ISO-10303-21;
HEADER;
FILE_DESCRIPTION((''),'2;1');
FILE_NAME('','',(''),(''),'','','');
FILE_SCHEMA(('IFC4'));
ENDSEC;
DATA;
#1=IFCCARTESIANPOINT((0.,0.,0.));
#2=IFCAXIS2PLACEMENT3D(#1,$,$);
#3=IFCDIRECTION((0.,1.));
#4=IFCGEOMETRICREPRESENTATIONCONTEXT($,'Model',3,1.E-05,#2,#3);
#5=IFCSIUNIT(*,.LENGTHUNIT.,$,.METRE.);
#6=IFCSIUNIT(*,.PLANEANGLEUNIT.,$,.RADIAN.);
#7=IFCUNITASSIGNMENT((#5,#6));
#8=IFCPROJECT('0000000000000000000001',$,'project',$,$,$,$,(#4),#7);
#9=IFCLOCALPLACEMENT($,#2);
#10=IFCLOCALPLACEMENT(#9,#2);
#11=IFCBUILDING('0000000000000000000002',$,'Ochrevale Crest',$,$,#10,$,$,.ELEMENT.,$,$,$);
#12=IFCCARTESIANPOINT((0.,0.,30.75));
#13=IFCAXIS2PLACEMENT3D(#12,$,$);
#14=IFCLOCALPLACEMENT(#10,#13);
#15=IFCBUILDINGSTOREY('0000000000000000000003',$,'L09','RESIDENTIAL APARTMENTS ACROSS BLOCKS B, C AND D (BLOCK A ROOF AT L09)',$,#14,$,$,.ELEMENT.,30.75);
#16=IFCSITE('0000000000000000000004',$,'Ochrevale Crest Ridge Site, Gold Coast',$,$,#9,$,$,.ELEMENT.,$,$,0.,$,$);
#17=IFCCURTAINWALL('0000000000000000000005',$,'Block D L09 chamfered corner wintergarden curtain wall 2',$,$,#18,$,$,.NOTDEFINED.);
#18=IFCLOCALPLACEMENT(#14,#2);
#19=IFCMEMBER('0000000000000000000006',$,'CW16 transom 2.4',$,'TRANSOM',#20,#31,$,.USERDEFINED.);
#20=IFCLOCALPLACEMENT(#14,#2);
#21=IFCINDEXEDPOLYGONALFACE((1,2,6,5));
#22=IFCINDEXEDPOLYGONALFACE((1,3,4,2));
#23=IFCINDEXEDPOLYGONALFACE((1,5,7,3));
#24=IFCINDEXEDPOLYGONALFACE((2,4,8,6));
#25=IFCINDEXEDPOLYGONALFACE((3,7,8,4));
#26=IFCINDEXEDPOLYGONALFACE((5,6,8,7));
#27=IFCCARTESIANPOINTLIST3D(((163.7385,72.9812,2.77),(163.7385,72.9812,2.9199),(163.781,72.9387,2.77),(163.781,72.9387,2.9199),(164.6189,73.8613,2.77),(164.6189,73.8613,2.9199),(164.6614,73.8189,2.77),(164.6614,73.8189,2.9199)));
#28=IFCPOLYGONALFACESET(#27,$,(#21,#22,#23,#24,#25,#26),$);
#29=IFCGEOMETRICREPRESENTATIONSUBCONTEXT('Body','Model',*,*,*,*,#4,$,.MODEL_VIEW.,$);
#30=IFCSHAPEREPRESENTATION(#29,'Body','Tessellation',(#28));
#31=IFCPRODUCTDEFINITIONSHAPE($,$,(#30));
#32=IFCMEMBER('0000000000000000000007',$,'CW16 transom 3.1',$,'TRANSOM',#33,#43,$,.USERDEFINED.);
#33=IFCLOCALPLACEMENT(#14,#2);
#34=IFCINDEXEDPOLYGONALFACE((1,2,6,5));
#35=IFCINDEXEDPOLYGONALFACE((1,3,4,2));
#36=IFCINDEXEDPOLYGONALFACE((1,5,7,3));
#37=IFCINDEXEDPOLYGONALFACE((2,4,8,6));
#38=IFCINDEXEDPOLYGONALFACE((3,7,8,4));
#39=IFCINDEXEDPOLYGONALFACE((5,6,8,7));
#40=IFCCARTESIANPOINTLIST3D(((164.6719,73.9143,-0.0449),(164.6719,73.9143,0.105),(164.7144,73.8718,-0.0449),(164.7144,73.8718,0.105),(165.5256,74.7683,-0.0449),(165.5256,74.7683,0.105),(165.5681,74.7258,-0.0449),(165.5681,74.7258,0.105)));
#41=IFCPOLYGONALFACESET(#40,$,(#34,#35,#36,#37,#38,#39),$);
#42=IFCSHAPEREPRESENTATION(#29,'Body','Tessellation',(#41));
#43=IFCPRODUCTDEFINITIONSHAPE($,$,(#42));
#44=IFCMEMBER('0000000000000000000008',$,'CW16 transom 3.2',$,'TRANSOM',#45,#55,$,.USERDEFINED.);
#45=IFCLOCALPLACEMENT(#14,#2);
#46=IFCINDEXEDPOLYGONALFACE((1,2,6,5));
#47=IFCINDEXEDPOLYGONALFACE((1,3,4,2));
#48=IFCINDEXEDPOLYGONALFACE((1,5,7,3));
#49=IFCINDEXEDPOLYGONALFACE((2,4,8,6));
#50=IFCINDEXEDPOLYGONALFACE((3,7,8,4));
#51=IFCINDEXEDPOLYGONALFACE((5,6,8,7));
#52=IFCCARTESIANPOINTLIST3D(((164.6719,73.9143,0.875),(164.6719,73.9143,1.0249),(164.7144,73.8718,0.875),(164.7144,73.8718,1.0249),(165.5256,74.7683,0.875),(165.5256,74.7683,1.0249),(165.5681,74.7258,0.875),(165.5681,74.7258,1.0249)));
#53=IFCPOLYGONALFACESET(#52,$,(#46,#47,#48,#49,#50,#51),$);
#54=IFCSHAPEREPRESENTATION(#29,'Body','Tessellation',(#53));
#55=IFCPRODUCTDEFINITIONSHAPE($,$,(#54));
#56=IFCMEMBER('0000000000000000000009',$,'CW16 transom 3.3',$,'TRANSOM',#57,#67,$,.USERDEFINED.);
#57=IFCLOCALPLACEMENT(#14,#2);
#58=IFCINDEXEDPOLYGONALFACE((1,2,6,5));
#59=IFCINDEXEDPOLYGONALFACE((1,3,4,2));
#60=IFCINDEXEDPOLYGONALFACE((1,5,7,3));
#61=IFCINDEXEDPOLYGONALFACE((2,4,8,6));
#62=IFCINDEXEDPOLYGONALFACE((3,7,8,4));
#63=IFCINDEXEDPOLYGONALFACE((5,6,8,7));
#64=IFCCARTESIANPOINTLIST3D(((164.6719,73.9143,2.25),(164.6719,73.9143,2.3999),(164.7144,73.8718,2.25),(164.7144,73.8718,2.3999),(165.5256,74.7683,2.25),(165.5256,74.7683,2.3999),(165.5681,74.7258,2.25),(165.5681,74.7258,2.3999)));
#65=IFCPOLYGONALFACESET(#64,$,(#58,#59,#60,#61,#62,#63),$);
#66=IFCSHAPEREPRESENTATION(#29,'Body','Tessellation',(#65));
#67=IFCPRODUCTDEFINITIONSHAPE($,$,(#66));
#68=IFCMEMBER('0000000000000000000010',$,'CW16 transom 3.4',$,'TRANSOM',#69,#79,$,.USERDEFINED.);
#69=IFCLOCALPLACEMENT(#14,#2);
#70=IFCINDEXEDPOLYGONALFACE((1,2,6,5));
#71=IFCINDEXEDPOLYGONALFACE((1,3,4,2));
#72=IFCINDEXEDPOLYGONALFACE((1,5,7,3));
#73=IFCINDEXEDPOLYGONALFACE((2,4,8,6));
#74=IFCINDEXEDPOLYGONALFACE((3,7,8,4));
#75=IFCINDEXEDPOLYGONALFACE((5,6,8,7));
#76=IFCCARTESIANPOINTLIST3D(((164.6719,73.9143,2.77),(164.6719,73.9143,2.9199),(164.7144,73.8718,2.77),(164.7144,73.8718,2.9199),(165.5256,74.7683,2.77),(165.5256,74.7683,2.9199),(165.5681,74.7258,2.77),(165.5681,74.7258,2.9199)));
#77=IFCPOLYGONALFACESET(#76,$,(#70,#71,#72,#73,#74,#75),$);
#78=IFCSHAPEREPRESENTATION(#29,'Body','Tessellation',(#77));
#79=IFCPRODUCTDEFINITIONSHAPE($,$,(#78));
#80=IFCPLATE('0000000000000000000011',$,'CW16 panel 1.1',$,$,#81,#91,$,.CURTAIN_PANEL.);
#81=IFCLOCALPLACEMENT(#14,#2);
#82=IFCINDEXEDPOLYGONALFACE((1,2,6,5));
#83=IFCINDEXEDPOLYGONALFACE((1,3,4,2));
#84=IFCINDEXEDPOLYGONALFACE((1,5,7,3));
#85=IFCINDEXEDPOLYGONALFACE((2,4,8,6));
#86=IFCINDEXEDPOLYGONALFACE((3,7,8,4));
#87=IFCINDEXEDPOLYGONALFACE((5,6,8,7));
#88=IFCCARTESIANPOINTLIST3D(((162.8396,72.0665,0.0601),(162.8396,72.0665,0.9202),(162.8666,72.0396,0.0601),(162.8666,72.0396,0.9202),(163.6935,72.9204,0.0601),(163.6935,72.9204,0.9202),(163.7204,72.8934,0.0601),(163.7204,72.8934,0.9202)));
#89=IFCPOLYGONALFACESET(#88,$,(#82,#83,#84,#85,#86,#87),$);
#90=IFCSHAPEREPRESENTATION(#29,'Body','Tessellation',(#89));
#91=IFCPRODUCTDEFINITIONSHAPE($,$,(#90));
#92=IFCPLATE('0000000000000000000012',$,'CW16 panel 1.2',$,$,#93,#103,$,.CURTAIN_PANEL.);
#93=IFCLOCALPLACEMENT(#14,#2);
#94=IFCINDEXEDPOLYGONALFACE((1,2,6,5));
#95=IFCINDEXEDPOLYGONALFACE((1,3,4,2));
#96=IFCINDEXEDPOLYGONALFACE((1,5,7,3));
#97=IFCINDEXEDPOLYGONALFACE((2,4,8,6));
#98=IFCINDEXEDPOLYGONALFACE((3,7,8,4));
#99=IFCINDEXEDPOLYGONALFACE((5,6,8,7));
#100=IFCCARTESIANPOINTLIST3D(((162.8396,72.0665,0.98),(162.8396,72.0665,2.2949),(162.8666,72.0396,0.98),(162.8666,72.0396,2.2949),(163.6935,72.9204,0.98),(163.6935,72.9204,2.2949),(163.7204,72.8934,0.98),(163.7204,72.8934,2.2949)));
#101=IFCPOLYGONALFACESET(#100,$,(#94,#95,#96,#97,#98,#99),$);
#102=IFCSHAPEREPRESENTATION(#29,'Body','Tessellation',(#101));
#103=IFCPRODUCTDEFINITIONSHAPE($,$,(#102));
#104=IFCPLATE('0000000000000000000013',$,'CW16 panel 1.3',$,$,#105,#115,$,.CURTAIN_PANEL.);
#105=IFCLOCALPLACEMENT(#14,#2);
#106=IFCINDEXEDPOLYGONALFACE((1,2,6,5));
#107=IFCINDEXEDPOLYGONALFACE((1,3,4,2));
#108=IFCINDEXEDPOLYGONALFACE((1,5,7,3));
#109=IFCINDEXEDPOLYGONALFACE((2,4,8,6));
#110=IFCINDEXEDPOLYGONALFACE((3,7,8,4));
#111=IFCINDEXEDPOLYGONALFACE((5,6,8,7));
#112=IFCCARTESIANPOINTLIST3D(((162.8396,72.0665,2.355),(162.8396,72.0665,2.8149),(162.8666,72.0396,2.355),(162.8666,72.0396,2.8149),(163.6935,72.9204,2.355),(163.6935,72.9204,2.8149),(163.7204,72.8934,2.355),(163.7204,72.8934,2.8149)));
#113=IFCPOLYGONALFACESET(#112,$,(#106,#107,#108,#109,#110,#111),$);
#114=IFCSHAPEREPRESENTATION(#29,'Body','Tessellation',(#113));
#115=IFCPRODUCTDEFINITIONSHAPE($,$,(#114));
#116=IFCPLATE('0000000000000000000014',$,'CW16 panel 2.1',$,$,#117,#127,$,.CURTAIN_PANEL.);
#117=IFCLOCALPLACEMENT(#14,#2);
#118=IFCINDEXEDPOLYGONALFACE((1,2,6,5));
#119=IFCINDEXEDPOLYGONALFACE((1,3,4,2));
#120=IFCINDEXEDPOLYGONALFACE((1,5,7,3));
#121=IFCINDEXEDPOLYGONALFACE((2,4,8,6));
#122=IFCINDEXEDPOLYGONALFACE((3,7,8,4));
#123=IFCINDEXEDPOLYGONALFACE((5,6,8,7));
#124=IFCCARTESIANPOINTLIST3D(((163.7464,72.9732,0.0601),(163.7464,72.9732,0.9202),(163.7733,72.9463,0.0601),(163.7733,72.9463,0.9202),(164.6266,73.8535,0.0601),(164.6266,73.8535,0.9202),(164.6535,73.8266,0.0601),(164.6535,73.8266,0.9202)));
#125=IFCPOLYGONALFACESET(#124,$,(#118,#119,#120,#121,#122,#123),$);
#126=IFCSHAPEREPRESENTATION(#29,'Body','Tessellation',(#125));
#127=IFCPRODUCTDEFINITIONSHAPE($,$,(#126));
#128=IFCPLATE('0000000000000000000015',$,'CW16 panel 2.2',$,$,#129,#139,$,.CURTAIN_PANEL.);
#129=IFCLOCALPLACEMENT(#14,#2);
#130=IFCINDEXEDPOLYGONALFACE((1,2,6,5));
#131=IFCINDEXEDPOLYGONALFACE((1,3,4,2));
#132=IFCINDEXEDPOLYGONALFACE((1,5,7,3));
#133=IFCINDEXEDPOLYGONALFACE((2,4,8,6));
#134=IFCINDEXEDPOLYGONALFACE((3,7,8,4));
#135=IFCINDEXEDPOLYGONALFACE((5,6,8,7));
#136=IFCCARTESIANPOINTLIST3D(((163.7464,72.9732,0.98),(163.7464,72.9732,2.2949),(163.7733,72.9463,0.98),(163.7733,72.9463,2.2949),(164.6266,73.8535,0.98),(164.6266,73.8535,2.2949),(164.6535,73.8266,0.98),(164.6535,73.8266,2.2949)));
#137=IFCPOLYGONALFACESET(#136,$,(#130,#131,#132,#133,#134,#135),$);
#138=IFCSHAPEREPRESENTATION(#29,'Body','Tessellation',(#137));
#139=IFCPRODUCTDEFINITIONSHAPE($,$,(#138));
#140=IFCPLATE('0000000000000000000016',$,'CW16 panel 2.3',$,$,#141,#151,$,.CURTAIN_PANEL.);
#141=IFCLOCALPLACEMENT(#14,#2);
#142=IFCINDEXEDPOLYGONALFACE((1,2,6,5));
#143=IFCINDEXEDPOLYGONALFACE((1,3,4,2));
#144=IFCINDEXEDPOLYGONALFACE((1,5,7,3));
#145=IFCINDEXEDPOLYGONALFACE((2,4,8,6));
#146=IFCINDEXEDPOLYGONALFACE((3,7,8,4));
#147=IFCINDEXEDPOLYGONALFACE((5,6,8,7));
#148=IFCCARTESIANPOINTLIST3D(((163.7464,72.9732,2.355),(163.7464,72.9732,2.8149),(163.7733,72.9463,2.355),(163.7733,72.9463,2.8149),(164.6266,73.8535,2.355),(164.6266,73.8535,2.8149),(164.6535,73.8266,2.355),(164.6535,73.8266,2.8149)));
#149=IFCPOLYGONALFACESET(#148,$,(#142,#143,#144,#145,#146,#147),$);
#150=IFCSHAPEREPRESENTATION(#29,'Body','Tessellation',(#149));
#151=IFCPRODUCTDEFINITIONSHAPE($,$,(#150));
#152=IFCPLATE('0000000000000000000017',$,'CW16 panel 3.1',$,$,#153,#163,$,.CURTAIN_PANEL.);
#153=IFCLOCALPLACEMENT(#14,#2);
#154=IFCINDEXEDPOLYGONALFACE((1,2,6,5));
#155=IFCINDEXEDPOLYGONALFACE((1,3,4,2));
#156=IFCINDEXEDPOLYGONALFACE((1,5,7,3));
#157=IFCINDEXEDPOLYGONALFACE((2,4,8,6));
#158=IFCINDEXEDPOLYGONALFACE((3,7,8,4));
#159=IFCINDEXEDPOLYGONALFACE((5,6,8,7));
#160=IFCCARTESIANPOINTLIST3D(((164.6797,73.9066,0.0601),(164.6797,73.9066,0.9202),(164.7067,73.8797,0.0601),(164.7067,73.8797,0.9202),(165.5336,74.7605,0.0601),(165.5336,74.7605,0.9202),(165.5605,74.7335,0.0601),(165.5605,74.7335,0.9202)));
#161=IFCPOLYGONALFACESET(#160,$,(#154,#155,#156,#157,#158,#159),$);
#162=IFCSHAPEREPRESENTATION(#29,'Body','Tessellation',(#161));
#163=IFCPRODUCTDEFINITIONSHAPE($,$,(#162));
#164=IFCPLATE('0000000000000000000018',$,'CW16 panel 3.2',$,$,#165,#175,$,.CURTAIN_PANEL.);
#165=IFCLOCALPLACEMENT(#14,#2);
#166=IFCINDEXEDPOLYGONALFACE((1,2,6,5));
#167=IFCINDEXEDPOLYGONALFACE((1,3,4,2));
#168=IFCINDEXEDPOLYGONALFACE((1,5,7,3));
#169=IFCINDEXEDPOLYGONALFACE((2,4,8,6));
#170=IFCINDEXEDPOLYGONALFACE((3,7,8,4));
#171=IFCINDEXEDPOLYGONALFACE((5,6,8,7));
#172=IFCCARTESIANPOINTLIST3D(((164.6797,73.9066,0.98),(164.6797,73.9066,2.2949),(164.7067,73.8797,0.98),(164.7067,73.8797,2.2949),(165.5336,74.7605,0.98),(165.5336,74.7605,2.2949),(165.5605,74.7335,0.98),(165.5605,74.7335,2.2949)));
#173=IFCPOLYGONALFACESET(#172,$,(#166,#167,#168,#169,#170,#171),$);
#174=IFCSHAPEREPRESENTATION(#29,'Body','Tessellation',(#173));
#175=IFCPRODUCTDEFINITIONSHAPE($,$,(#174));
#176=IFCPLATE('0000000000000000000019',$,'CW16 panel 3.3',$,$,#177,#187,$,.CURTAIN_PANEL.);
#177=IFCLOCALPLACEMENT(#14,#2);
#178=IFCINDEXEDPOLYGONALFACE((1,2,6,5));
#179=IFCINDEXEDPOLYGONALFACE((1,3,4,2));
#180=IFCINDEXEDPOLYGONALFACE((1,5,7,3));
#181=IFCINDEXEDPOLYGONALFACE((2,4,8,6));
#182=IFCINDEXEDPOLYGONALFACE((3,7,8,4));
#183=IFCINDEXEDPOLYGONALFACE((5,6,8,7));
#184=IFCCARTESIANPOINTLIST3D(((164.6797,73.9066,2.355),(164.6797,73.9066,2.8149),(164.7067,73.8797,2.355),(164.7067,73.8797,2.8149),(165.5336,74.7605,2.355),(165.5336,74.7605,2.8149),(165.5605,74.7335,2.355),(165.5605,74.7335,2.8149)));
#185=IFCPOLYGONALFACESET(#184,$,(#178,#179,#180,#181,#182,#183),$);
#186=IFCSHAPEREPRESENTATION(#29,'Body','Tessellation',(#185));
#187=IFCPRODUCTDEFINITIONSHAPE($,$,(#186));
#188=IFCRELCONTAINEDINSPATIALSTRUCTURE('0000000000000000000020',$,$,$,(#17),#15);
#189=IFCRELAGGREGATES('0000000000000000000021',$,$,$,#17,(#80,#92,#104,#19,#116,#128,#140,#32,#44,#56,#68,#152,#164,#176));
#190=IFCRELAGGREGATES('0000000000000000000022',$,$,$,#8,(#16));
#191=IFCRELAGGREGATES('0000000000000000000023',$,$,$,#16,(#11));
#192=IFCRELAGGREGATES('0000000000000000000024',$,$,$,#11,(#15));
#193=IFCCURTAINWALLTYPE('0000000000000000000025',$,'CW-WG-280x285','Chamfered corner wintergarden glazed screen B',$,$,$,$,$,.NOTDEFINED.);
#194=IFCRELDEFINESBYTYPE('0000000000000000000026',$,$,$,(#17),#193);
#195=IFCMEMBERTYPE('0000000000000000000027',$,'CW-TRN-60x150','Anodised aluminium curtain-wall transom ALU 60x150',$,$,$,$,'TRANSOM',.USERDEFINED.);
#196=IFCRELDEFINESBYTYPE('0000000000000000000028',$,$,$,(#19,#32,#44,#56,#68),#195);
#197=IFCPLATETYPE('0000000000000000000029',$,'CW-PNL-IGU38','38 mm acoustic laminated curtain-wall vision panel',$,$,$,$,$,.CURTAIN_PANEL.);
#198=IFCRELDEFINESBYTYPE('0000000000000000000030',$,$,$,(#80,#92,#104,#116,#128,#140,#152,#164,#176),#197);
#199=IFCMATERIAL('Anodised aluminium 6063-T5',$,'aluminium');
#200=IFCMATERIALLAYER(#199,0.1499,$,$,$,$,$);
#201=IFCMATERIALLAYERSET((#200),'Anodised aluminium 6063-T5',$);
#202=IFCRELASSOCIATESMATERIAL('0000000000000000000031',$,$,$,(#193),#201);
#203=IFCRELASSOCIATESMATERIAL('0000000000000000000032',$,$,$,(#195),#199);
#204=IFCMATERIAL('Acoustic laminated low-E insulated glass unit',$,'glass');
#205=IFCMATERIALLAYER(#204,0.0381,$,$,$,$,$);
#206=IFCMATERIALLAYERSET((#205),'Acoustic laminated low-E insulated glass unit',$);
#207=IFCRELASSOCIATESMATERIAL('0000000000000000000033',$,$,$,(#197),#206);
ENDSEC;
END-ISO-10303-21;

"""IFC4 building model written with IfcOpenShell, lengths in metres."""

from ifc_helpers import new_model, si_unit, direction, frame, origin, origin_2d, place, context, subcontext, project, spatial, rectangle, extrude, material, layer, layer_set, material_profile, profile_set, type_object, element, aggregate, save


model = new_model("IFC4")

# Units and contexts
model_context = context("Model", 3, precision=1e-05, world=origin(), true_north=direction((0.0, 1.0)))
body_context = subcontext(model_context, "Body", "Model", "MODEL_VIEW")
ifc_project = project(units=[si_unit("LENGTHUNIT", "METRE"), si_unit("PLANEANGLEUNIT", "RADIAN")], contexts=[model_context])

# Site, building, storey
site_placement = place(None, origin())
site = spatial("IfcSite", under=ifc_project, at=site_placement, Name="Ochrevale Crest Ridge Site, Gold Coast", CompositionType="ELEMENT", RefElevation=0.0)
building_placement = place(site_placement, origin())
building = spatial("IfcBuilding", under=site, at=building_placement, Name="Ochrevale Crest", CompositionType="ELEMENT")
storey_placement = place(building_placement, frame((0.0, 0.0, 30.75)))
storey = spatial("IfcBuildingStorey", under=building, at=storey_placement, Name="L09", Description="RESIDENTIAL APARTMENTS ACROSS BLOCKS B, C AND D (BLOCK A ROOF AT L09)", CompositionType="ELEMENT", Elevation=30.75)

# Curtain wall, members, plates
ifc_material_1 = material(Name="Anodised aluminium 6063-T5", Category="aluminium")
ifc_layer_1 = layer(ifc_material_1, 0.1499)
ifc_layer_set_1 = layer_set([ifc_layer_1], Name="Anodised aluminium 6063-T5")
curtain_wall_type = type_object("IfcCurtainWallType", Name="CW-WG-280x285", Description="Chamfered corner wintergarden glazed screen B", PredefinedType="NOTDEFINED", material=ifc_layer_set_1)
curtain_wall_placement = place(storey_placement, origin())
curtain_wall = element("IfcCurtainWall", 1, at=curtain_wall_placement, inside=storey, type_object=curtain_wall_type, Name="Block D L09 chamfered corner wintergarden curtain wall 2", PredefinedType="NOTDEFINED")
ifc_material_profile_1 = material_profile(ifc_material_1, rectangle(XDim=0.0601, YDim=0.1499, at=origin_2d()), Name="ALU 60x150")
ifc_profile_set_1 = profile_set([ifc_material_profile_1], Name="Anodised aluminium 6063-T5")
member_type_1 = type_object("IfcMemberType", Name="CW-TRN-60x150", Description="Anodised aluminium curtain-wall transom ALU 60x150", ElementType="TRANSOM", PredefinedType="USERDEFINED", material=ifc_profile_set_1)
member_1_placement = place(storey_placement, frame((163.7598, 72.96, 2.845), z_axis=(0.707205, 0.707009, 0.0), x_axis=(-0.707009, 0.707205, 0.0)))
member_1 = element("IfcMember", 2, at=member_1_placement, type_object=member_type_1, Name="CW16 transom 2.4", ObjectType="TRANSOM", PredefinedType="USERDEFINED", context=body_context, shape_type="SweptSolid", body=[
    extrude(rectangle(XDim=0.0601, YDim=0.1499, at=origin_2d()), origin(), (0.0, 0.0, 1.0), 1.2449),
])
member_2_placement = place(storey_placement, frame((164.6931, 73.8931, 0.03), z_axis=(0.707006, 0.707208, 0.0), x_axis=(-0.707208, 0.707006, 0.0)))
member_2 = element("IfcMember", 3, at=member_2_placement, type_object=member_type_1, Name="CW16 transom 3.1", ObjectType="TRANSOM", PredefinedType="USERDEFINED", context=body_context, shape_type="SweptSolid", body=[
    extrude(rectangle(XDim=0.0601, YDim=0.1499, at=origin_2d()), origin(), (0.0, 0.0, 1.0), 1.2075),
])
member_3_placement = place(storey_placement, frame((164.6931, 73.8931, 0.95), z_axis=(0.707006, 0.707208, 0.0), x_axis=(-0.707208, 0.707006, 0.0)))
member_3 = element("IfcMember", 4, at=member_3_placement, type_object=member_type_1, Name="CW16 transom 3.2", ObjectType="TRANSOM", PredefinedType="USERDEFINED", context=body_context, shape_type="SweptSolid", body=[
    extrude(rectangle(XDim=0.0601, YDim=0.1499, at=origin_2d()), origin(), (0.0, 0.0, 1.0), 1.2075),
])
member_4_placement = place(storey_placement, frame((164.6931, 73.8931, 2.325), z_axis=(0.707006, 0.707208, 0.0), x_axis=(-0.707208, 0.707006, 0.0)))
member_4 = element("IfcMember", 5, at=member_4_placement, type_object=member_type_1, Name="CW16 transom 3.3", ObjectType="TRANSOM", PredefinedType="USERDEFINED", context=body_context, shape_type="SweptSolid", body=[
    extrude(rectangle(XDim=0.0601, YDim=0.1499, at=origin_2d()), origin(), (0.0, 0.0, 1.0), 1.2075),
])
member_5_placement = place(storey_placement, frame((164.6931, 73.8931, 2.845), z_axis=(0.707006, 0.707208, 0.0), x_axis=(-0.707208, 0.707006, 0.0)))
member_5 = element("IfcMember", 6, at=member_5_placement, type_object=member_type_1, Name="CW16 transom 3.4", ObjectType="TRANSOM", PredefinedType="USERDEFINED", context=body_context, shape_type="SweptSolid", body=[
    extrude(rectangle(XDim=0.0601, YDim=0.1499, at=origin_2d()), origin(), (0.0, 0.0, 1.0), 1.2075),
])
ifc_material_2 = material(Name="Acoustic laminated low-E insulated glass unit", Category="glass")
ifc_layer_2 = layer(ifc_material_2, 0.0381)
ifc_layer_set_2 = layer_set([ifc_layer_2], Name="Acoustic laminated low-E insulated glass unit")
plate_type_1 = type_object("IfcPlateType", Name="CW-PNL-IGU38", Description="38 mm acoustic laminated curtain-wall vision panel", PredefinedType="CURTAIN_PANEL", material=ifc_layer_set_2)
plate_1_placement = place(storey_placement, frame((163.28, 72.48, 0.0601), z_axis=(0.0, 0.0, 1.0), x_axis=(0.707107, 0.707107, 0.0)))
plate_1 = element("IfcPlate", 7, at=plate_1_placement, type_object=plate_type_1, Name="CW16 panel 1.1", PredefinedType="CURTAIN_PANEL", context=body_context, shape_type="SweptSolid", body=[
    extrude(rectangle(XDim=1.2075, YDim=0.0381, at=origin_2d()), origin(), (0.0, 0.0, 1.0), 0.8601),
])
plate_2_placement = place(storey_placement, frame((163.28, 72.48, 0.98), z_axis=(0.0, 0.0, 1.0), x_axis=(0.707107, 0.707107, 0.0)))
plate_2 = element("IfcPlate", 8, at=plate_2_placement, type_object=plate_type_1, Name="CW16 panel 1.2", PredefinedType="CURTAIN_PANEL", context=body_context, shape_type="SweptSolid", body=[
    extrude(rectangle(XDim=1.2075, YDim=0.0381, at=origin_2d()), origin(), (0.0, 0.0, 1.0), 1.3149),
])
plate_3_placement = place(storey_placement, frame((163.28, 72.48, 2.355), z_axis=(0.0, 0.0, 1.0), x_axis=(0.707107, 0.707107, 0.0)))
plate_3 = element("IfcPlate", 9, at=plate_3_placement, type_object=plate_type_1, Name="CW16 panel 1.3", PredefinedType="CURTAIN_PANEL", context=body_context, shape_type="SweptSolid", body=[
    extrude(rectangle(XDim=1.2075, YDim=0.0381, at=origin_2d()), origin(), (0.0, 0.0, 1.0), 0.46),
])
plate_4_placement = place(storey_placement, frame((164.2, 73.3999, 0.0601), z_axis=(0.0, 0.0, 1.0), x_axis=(0.707107, 0.707107, 0.0)))
plate_4 = element("IfcPlate", 10, at=plate_4_placement, type_object=plate_type_1, Name="CW16 panel 2.1", PredefinedType="CURTAIN_PANEL", context=body_context, shape_type="SweptSolid", body=[
    extrude(rectangle(XDim=1.2449, YDim=0.0381, at=origin_2d()), origin(), (0.0, 0.0, 1.0), 0.8601),
])
plate_5_placement = place(storey_placement, frame((164.2, 73.3999, 0.98), z_axis=(0.0, 0.0, 1.0), x_axis=(0.707107, 0.707107, 0.0)))
plate_5 = element("IfcPlate", 11, at=plate_5_placement, type_object=plate_type_1, Name="CW16 panel 2.2", PredefinedType="CURTAIN_PANEL", context=body_context, shape_type="SweptSolid", body=[
    extrude(rectangle(XDim=1.2449, YDim=0.0381, at=origin_2d()), origin(), (0.0, 0.0, 1.0), 1.3149),
])
plate_6_placement = place(storey_placement, frame((164.2, 73.3999, 2.355), z_axis=(0.0, 0.0, 1.0), x_axis=(0.707107, 0.707107, 0.0)))
plate_6 = element("IfcPlate", 12, at=plate_6_placement, type_object=plate_type_1, Name="CW16 panel 2.3", PredefinedType="CURTAIN_PANEL", context=body_context, shape_type="SweptSolid", body=[
    extrude(rectangle(XDim=1.2449, YDim=0.0381, at=origin_2d()), origin(), (0.0, 0.0, 1.0), 0.46),
])
plate_7_placement = place(storey_placement, frame((165.1201, 74.3201, 0.0601), z_axis=(0.0, 0.0, 1.0), x_axis=(0.707107, 0.707107, 0.0)))
plate_7 = element("IfcPlate", 13, at=plate_7_placement, type_object=plate_type_1, Name="CW16 panel 3.1", PredefinedType="CURTAIN_PANEL", context=body_context, shape_type="SweptSolid", body=[
    extrude(rectangle(XDim=1.2075, YDim=0.0381, at=origin_2d()), origin(), (0.0, 0.0, 1.0), 0.8601),
])
plate_8_placement = place(storey_placement, frame((165.1201, 74.3201, 0.98), z_axis=(0.0, 0.0, 1.0), x_axis=(0.707107, 0.707107, 0.0)))
plate_8 = element("IfcPlate", 14, at=plate_8_placement, type_object=plate_type_1, Name="CW16 panel 3.2", PredefinedType="CURTAIN_PANEL", context=body_context, shape_type="SweptSolid", body=[
    extrude(rectangle(XDim=1.2075, YDim=0.0381, at=origin_2d()), origin(), (0.0, 0.0, 1.0), 1.3149),
])
plate_9_placement = place(storey_placement, frame((165.1201, 74.3201, 2.355), z_axis=(0.0, 0.0, 1.0), x_axis=(0.707107, 0.707107, 0.0)))
plate_9 = element("IfcPlate", 15, at=plate_9_placement, type_object=plate_type_1, Name="CW16 panel 3.3", PredefinedType="CURTAIN_PANEL", context=body_context, shape_type="SweptSolid", body=[
    extrude(rectangle(XDim=1.2075, YDim=0.0381, at=origin_2d()), origin(), (0.0, 0.0, 1.0), 0.46),
])
aggregate(curtain_wall, [plate_1, plate_2, plate_3, member_1, plate_4, plate_5, plate_6, member_2, member_3, member_4, member_5, plate_7, plate_8, plate_9])

save(model, "model.ifc")
